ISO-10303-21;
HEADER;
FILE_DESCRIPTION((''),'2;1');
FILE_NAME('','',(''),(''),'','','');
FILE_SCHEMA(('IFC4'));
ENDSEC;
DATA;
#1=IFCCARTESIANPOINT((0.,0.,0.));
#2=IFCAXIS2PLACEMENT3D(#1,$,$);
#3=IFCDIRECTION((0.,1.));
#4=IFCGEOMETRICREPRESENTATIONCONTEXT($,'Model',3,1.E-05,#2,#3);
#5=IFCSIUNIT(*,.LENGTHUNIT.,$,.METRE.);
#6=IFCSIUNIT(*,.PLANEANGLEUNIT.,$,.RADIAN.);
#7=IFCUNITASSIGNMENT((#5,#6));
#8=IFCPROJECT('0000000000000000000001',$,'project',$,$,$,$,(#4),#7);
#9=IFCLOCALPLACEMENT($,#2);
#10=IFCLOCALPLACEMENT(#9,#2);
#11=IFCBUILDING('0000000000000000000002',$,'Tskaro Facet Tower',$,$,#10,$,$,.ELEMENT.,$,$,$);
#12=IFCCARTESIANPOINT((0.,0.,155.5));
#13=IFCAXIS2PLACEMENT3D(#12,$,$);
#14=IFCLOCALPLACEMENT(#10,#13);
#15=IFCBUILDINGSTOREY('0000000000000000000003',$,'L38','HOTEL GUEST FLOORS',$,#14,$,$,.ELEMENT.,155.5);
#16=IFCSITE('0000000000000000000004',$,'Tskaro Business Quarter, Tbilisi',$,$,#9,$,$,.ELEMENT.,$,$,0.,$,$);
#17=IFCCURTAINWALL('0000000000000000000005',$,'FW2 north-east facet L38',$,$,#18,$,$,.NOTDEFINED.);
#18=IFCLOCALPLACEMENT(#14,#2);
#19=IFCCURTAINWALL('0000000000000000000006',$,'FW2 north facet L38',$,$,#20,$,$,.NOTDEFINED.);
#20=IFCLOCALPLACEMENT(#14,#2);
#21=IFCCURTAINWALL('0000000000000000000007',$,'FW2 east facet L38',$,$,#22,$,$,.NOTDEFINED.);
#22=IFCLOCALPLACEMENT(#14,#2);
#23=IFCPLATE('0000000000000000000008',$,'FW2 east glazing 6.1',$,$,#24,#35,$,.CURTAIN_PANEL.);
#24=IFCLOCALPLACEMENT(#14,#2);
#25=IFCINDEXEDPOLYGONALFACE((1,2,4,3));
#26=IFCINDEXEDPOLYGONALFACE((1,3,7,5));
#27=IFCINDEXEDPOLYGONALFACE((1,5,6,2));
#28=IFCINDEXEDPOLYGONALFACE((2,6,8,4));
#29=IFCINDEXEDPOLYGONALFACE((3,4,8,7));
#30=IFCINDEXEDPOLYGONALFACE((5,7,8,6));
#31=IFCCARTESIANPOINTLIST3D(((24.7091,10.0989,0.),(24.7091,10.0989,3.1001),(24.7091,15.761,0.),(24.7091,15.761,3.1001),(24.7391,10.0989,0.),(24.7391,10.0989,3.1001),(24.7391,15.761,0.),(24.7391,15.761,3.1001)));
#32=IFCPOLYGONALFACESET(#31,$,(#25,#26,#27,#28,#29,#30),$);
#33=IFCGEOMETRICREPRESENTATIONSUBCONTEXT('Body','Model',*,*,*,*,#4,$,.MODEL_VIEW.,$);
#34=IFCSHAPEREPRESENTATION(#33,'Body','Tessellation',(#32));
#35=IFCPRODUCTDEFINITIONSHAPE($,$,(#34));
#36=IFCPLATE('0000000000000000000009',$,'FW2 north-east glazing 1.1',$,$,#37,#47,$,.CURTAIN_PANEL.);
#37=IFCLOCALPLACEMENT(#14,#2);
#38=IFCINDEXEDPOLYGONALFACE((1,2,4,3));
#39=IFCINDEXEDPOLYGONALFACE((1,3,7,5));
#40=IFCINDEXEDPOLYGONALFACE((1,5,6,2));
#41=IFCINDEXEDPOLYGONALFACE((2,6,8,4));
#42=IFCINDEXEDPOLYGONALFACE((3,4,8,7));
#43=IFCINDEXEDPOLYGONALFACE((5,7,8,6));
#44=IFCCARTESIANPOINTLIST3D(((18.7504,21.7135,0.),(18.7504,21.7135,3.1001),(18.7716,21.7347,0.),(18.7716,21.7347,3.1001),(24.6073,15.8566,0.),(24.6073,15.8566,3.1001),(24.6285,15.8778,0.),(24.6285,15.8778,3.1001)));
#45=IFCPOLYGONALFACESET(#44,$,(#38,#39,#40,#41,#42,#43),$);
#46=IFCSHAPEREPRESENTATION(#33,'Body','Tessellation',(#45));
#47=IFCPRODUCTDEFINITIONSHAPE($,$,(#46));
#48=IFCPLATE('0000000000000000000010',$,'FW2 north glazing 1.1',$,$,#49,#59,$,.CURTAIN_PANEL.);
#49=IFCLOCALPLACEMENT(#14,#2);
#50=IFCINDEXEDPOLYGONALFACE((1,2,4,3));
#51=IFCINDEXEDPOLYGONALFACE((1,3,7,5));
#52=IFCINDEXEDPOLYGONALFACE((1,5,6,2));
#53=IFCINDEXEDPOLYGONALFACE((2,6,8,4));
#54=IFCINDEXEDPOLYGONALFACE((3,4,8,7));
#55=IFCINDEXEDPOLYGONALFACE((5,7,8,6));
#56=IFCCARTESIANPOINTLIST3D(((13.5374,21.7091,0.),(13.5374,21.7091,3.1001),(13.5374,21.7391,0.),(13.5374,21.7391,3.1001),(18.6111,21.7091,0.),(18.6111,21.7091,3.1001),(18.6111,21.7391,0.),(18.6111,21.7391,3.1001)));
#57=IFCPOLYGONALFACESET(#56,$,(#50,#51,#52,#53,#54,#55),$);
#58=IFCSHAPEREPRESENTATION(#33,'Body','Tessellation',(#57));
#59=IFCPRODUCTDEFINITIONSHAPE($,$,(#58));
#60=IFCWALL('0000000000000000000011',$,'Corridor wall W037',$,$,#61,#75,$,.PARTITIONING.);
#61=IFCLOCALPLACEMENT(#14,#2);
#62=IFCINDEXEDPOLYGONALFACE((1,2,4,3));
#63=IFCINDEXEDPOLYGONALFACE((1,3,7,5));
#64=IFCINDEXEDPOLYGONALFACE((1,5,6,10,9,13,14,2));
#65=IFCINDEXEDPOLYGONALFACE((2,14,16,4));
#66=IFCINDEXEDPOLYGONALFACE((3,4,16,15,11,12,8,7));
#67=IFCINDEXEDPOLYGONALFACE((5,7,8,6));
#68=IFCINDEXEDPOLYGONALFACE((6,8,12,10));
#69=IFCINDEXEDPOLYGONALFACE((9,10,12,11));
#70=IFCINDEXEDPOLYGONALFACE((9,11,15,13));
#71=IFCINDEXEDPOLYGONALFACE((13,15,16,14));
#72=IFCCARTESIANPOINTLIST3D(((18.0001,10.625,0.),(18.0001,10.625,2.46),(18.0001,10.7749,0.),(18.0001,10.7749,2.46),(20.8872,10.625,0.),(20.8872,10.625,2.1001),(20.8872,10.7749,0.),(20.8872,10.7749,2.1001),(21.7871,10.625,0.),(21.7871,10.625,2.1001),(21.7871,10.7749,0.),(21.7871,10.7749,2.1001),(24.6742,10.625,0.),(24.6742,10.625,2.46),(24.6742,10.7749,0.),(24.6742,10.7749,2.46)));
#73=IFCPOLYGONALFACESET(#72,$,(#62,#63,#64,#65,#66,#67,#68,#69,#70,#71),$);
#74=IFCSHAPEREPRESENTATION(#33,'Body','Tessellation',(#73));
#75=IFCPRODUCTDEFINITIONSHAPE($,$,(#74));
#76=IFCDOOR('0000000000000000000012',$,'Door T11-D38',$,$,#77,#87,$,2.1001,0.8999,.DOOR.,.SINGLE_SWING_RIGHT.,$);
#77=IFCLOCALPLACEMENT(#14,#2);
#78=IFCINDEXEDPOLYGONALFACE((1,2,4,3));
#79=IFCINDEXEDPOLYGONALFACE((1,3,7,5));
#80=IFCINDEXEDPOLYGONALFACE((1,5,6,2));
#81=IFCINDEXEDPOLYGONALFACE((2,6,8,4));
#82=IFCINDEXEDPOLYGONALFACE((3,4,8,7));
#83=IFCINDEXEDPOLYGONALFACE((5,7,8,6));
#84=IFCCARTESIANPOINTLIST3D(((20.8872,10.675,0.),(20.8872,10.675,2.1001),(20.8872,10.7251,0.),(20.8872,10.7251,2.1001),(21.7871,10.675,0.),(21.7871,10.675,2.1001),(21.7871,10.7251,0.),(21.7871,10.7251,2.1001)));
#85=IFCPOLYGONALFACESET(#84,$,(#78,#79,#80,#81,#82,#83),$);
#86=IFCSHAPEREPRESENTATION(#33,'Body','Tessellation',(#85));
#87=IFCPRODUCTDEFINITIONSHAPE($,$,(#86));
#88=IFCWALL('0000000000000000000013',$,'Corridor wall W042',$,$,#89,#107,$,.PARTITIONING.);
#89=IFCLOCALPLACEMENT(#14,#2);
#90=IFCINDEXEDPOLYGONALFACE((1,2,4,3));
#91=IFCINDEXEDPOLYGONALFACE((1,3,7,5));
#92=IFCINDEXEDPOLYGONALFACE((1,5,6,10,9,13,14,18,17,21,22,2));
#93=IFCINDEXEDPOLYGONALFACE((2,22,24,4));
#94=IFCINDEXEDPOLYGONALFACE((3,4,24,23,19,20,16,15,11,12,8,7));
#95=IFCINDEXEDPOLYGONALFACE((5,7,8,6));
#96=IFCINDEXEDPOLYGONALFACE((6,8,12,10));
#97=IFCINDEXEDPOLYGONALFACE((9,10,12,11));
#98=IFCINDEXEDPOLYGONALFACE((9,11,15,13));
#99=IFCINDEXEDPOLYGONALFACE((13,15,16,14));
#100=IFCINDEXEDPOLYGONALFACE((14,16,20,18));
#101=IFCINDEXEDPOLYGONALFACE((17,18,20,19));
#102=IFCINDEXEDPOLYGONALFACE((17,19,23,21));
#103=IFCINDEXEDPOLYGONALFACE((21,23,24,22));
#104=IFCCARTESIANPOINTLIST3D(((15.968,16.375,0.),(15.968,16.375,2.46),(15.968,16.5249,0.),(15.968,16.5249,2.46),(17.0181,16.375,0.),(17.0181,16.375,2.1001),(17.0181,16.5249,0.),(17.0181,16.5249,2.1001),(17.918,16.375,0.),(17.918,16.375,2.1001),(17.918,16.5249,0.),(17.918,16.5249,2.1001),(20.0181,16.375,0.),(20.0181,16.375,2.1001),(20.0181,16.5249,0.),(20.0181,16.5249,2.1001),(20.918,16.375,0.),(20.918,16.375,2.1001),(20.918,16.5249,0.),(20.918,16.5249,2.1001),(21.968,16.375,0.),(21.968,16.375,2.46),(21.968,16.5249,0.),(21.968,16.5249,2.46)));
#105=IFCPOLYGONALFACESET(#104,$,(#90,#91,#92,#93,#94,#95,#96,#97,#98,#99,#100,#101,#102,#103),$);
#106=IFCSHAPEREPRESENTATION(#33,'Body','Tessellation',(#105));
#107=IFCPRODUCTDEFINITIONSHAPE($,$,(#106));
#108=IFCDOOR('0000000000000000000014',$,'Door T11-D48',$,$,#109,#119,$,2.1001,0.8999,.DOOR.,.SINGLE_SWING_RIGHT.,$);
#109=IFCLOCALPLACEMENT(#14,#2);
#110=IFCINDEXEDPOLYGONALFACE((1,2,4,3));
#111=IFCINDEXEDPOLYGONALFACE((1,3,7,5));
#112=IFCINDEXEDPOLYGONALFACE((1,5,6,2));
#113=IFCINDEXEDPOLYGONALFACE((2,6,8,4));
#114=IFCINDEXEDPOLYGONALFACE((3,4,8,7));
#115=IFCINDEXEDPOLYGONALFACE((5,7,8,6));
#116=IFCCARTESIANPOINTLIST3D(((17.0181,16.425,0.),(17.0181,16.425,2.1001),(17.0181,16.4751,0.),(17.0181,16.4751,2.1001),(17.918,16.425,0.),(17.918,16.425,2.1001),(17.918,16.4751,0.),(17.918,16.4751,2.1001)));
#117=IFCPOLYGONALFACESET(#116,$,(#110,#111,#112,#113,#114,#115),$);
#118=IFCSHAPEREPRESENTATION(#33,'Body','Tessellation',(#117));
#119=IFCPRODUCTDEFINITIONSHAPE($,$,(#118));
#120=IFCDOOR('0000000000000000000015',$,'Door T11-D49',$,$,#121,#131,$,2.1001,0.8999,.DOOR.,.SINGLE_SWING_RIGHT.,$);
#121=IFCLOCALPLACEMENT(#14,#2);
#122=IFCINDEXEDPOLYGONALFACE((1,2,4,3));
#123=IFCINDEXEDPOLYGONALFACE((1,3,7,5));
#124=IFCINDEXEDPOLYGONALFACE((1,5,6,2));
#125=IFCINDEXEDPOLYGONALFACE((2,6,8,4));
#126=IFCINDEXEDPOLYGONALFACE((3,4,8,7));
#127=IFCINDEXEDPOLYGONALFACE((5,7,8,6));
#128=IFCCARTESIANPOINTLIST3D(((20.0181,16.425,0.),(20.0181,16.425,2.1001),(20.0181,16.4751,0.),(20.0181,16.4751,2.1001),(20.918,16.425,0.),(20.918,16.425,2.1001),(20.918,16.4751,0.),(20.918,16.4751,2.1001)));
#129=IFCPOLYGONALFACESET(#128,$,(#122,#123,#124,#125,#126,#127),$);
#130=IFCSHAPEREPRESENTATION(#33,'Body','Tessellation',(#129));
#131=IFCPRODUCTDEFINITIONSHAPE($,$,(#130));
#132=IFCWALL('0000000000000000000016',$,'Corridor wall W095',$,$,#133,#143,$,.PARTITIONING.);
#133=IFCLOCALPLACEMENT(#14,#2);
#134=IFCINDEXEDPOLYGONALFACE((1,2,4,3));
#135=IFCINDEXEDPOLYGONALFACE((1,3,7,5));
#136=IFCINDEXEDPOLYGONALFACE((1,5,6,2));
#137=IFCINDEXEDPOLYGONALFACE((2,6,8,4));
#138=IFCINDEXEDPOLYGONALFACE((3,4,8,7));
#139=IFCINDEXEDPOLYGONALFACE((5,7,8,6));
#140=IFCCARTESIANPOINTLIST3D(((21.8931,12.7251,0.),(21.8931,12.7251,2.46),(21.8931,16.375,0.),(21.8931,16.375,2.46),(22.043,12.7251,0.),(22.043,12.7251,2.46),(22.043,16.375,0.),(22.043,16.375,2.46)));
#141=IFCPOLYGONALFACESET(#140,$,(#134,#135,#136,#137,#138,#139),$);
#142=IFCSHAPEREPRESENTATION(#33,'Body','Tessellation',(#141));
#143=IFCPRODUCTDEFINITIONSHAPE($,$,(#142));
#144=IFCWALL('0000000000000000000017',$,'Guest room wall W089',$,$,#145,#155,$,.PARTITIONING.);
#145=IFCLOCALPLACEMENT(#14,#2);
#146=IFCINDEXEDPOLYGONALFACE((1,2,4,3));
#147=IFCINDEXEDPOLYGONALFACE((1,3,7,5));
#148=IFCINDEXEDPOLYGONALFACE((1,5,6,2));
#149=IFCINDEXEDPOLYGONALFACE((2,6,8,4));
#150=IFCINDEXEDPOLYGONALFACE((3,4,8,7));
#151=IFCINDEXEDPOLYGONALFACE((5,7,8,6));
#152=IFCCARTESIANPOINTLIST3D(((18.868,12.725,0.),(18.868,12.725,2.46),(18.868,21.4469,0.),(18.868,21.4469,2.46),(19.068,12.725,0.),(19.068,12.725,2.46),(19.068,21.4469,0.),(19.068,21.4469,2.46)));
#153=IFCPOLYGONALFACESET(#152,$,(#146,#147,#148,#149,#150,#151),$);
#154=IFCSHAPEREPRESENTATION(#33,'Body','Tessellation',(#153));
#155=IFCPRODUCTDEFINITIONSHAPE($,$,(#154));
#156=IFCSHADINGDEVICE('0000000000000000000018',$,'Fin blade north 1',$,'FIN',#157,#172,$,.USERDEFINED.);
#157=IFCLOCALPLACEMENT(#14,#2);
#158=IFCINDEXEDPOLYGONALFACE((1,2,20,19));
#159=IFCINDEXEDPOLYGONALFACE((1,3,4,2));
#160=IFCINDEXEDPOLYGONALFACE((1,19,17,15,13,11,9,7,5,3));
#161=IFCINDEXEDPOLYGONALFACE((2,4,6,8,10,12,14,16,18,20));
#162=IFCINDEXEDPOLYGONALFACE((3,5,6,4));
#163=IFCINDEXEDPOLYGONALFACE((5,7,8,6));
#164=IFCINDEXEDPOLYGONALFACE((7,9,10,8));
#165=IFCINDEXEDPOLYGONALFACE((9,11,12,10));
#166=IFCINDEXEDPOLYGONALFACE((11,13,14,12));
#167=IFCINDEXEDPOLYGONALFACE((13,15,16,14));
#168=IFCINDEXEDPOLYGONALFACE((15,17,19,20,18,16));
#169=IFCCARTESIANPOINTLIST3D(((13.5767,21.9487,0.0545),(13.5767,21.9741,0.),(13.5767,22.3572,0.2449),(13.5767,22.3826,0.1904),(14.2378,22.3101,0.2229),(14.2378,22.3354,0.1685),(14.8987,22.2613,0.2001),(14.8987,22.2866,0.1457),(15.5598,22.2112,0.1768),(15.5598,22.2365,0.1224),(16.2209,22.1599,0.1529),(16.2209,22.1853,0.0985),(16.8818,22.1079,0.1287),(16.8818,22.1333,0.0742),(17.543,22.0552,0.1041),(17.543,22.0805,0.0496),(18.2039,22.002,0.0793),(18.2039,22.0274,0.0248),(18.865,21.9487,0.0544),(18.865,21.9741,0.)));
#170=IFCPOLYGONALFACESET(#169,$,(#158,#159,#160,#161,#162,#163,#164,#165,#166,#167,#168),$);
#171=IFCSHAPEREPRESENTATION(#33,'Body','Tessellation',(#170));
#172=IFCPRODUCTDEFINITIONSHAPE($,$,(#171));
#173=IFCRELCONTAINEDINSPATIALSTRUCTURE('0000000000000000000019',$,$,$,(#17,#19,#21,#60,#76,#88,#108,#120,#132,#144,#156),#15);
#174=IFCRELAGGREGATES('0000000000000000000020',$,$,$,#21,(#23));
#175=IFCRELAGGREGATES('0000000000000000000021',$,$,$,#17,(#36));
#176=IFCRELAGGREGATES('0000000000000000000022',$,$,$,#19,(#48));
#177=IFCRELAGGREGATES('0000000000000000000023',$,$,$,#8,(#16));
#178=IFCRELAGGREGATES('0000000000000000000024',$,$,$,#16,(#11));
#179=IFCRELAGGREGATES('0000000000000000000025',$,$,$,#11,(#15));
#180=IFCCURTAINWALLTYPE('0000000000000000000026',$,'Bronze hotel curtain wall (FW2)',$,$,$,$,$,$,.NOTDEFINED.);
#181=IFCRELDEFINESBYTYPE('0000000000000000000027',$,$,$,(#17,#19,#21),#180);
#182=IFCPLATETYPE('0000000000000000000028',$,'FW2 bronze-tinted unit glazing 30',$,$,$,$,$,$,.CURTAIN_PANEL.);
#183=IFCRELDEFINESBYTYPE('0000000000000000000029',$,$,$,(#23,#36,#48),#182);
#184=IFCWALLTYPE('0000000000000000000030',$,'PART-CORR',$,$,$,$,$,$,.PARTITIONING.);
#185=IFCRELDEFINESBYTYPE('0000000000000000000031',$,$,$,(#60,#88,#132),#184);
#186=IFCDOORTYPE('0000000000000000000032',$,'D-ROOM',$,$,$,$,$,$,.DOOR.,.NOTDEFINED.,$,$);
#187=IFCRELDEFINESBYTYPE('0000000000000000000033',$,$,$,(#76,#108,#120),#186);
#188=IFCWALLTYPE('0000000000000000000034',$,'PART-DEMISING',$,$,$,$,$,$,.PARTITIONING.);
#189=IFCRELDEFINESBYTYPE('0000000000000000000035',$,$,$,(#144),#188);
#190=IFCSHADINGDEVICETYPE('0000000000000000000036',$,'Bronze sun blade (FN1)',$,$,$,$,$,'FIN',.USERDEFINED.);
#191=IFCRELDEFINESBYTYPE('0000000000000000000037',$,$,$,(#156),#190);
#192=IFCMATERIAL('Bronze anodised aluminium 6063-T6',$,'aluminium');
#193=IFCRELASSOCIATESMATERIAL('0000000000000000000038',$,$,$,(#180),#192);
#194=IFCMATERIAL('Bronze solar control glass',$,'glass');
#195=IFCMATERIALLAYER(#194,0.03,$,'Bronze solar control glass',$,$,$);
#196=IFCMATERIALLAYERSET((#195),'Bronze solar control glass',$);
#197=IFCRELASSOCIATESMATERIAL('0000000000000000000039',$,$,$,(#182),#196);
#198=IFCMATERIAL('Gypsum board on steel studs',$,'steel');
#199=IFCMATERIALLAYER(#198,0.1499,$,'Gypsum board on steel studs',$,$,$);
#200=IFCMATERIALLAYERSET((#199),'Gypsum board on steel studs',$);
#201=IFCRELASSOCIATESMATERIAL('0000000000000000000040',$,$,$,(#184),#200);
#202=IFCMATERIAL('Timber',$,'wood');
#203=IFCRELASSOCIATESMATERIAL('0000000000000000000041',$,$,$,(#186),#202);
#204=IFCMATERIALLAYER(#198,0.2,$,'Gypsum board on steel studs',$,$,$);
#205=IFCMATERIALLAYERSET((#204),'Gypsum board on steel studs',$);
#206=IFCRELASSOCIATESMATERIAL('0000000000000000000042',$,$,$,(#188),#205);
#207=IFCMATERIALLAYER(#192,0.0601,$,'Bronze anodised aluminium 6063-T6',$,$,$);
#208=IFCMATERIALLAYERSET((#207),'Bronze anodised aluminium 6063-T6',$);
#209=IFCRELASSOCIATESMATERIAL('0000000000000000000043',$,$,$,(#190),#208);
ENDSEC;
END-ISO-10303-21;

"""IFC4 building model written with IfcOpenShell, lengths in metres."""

from ifc_helpers import new_model, si_unit, direction, frame, frame_2d, origin, origin_2d, place, context, subcontext, project, spatial, polyline, rectangle, outline, extrude, material, layer, layer_set, type_object, element, fill, aggregate, save


model = new_model("IFC4")

# Units and contexts
model_context = context("Model", 3, precision=1e-05, world=origin(), true_north=direction((0.0, 1.0)))
body_context = subcontext(model_context, "Body", "Model", "MODEL_VIEW")
ifc_project = project(units=[si_unit("LENGTHUNIT", "METRE"), si_unit("PLANEANGLEUNIT", "RADIAN")], contexts=[model_context])

# Site, building, storey
site_placement = place(None, origin())
site = spatial("IfcSite", under=ifc_project, at=site_placement, Name="Tskaro Business Quarter, Tbilisi", CompositionType="ELEMENT", RefElevation=0.0)
building_placement = place(site_placement, origin())
building = spatial("IfcBuilding", under=site, at=building_placement, Name="Tskaro Facet Tower", CompositionType="ELEMENT")
storey_placement = place(building_placement, frame((0.0, 0.0, 155.5)))
storey = spatial("IfcBuildingStorey", under=building, at=storey_placement, Name="L38", Description="HOTEL GUEST FLOORS", CompositionType="ELEMENT", Elevation=155.5)

# Curtain walls
ifc_material_1 = material(Name="Bronze anodised aluminium 6063-T6", Category="aluminium")
curtain_wall_type = type_object("IfcCurtainWallType", Name="Bronze hotel curtain wall (FW2)", PredefinedType="NOTDEFINED", material=ifc_material_1)
curtain_wall_1_placement = place(storey_placement, origin())
curtain_wall_1 = element("IfcCurtainWall", 1, at=curtain_wall_1_placement, inside=storey, type_object=curtain_wall_type, Name="FW2 north-east facet L38", PredefinedType="NOTDEFINED")
curtain_wall_2_placement = place(storey_placement, origin())
curtain_wall_2 = element("IfcCurtainWall", 2, at=curtain_wall_2_placement, inside=storey, type_object=curtain_wall_type, Name="FW2 north facet L38", PredefinedType="NOTDEFINED")
curtain_wall_3_placement = place(storey_placement, origin())
curtain_wall_3 = element("IfcCurtainWall", 3, at=curtain_wall_3_placement, inside=storey, type_object=curtain_wall_type, Name="FW2 east facet L38", PredefinedType="NOTDEFINED")

# Plates
ifc_material_2 = material(Name="Bronze solar control glass", Category="glass")
ifc_layer_1 = layer(ifc_material_2, 0.03, Name="Bronze solar control glass")
ifc_layer_set_1 = layer_set([ifc_layer_1], Name="Bronze solar control glass")
plate_type = type_object("IfcPlateType", Name="FW2 bronze-tinted unit glazing 30", PredefinedType="CURTAIN_PANEL", material=ifc_layer_set_1)
plate_1_placement = place(storey_placement, frame((24.7241, 12.9299, 0.0), z_axis=(0.0, 0.0, 1.0), x_axis=(0.0, 1.0, 0.0)))
plate_1 = element("IfcPlate", 4, at=plate_1_placement, type_object=plate_type, Name="FW2 east glazing 6.1", PredefinedType="CURTAIN_PANEL", context=body_context, shape_type="SweptSolid", body=[
    extrude(rectangle(XDim=5.6621, YDim=0.03, at=origin_2d()), origin(), (0.0, 0.0, 1.0), 3.1001),
])
aggregate(curtain_wall_3, [plate_1])
plate_2_placement = place(storey_placement, frame((21.6895, 18.7957, 0.0), z_axis=(0.0, 0.0, 1.0), x_axis=(-0.707107, 0.707107, 0.0)))
plate_2 = element("IfcPlate", 5, at=plate_2_placement, type_object=plate_type, Name="FW2 north-east glazing 1.1", PredefinedType="CURTAIN_PANEL", context=body_context, shape_type="SweptSolid", body=[
    extrude(rectangle(XDim=8.283, YDim=0.03, at=origin_2d()), origin(), (0.0, 0.0, 1.0), 3.1001),
])
aggregate(curtain_wall_1, [plate_2])
plate_3_placement = place(storey_placement, frame((16.0742, 21.7241, 0.0), z_axis=(0.0, 0.0, 1.0), x_axis=(-1.0, 0.0, 0.0)))
plate_3 = element("IfcPlate", 6, at=plate_3_placement, type_object=plate_type, Name="FW2 north glazing 1.1", PredefinedType="CURTAIN_PANEL", context=body_context, shape_type="SweptSolid", body=[
    extrude(rectangle(XDim=5.0737, YDim=0.03, at=origin_2d()), origin(), (0.0, 0.0, 1.0), 3.1001),
])
aggregate(curtain_wall_2, [plate_3])

# Wall, opening, door
ifc_material_3 = material(Name="Gypsum board on steel studs", Category="steel")
ifc_layer_2 = layer(ifc_material_3, 0.1499, Name="Gypsum board on steel studs")
ifc_layer_set_2 = layer_set([ifc_layer_2], Name="Gypsum board on steel studs")
wall_type_1 = type_object("IfcWallType", Name="PART-CORR", PredefinedType="PARTITIONING", material=ifc_layer_set_2)
wall_1_placement = place(storey_placement, frame((24.6741, 10.7, 0.0), z_axis=(0.0, 0.0, 1.0), x_axis=(-1.0, 0.0, 0.0)))
wall_1 = element("IfcWall", 7, at=wall_1_placement, inside=storey, type_object=wall_type_1, Name="Corridor wall W037", PredefinedType="PARTITIONING", context=body_context, shape_type="SweptSolid", body=[
    extrude(rectangle(XDim=6.6741, YDim=0.1499, at=frame_2d((3.3369, 0.0))), origin(), (0.0, 0.0, 1.0), 2.46),
])
opening_1_placement = place(wall_1_placement, frame((2.887, 0.0, 0.0)))
opening_1 = element("IfcOpeningElement", 8, at=opening_1_placement, cuts=wall_1, PredefinedType="OPENING", context=body_context, shape_type="SweptSolid", body=[
    extrude(rectangle(XDim=0.8999, YDim=2.1001, at=frame_2d((0.45, 1.05))), frame((0.0, 0.085, 0.0), z_axis=(0.0, -1.0, 0.0), x_axis=(1.0, 0.0, 0.0)), (0.0, 0.0, 1.0), 0.1699),
])
ifc_material_4 = material(Name="Timber", Category="wood")
door_type = type_object("IfcDoorType", Name="D-ROOM", OperationType="NOTDEFINED", PredefinedType="DOOR", material=ifc_material_4)
door_1_placement = place(opening_1_placement, origin())
door_1 = element("IfcDoor", 9, at=door_1_placement, inside=storey, type_object=door_type, Name="Door T11-D38", OperationType="SINGLE_SWING_RIGHT", OverallHeight=2.1001, OverallWidth=0.8999, PredefinedType="DOOR", context=body_context, shape_type="SweptSolid", body=[
    extrude(rectangle(XDim=0.8999, YDim=2.1001, at=frame_2d((0.45, 1.05))), frame((0.0, 0.0249, 0.0), z_axis=(0.0, -1.0, 0.0), x_axis=(1.0, 0.0, 0.0)), (0.0, 0.0, 1.0), 0.05),
])
fill(opening_1, door_1)

# Wall, openings, doors
wall_2_placement = place(storey_placement, frame((21.968, 16.45, 0.0), z_axis=(0.0, 0.0, 1.0), x_axis=(-1.0, 0.0, 0.0)))
wall_2 = element("IfcWall", 10, at=wall_2_placement, inside=storey, type_object=wall_type_1, Name="Corridor wall W042", PredefinedType="PARTITIONING", context=body_context, shape_type="SweptSolid", body=[
    extrude(rectangle(XDim=6.0, YDim=0.1499, at=frame_2d((3.0, 0.0))), origin(), (0.0, 0.0, 1.0), 2.46),
])
opening_2_placement = place(wall_2_placement, frame((4.05, 0.0, 0.0)))
opening_2 = element("IfcOpeningElement", 11, at=opening_2_placement, cuts=wall_2, PredefinedType="OPENING", context=body_context, shape_type="SweptSolid", body=[
    extrude(rectangle(XDim=0.8999, YDim=2.1001, at=frame_2d((0.45, 1.05))), frame((0.0, 0.085, 0.0), z_axis=(0.0, -1.0, 0.0), x_axis=(1.0, 0.0, 0.0)), (0.0, 0.0, 1.0), 0.1699),
])
opening_3_placement = place(wall_2_placement, frame((1.05, 0.0, 0.0)))
opening_3 = element("IfcOpeningElement", 12, at=opening_3_placement, cuts=wall_2, PredefinedType="OPENING", context=body_context, shape_type="SweptSolid", body=[
    extrude(rectangle(XDim=0.8999, YDim=2.1001, at=frame_2d((0.45, 1.05))), frame((0.0, 0.085, 0.0), z_axis=(0.0, -1.0, 0.0), x_axis=(1.0, 0.0, 0.0)), (0.0, 0.0, 1.0), 0.1699),
])
door_2_placement = place(opening_2_placement, origin())
door_2 = element("IfcDoor", 13, at=door_2_placement, inside=storey, type_object=door_type, Name="Door T11-D48", OperationType="SINGLE_SWING_RIGHT", OverallHeight=2.1001, OverallWidth=0.8999, PredefinedType="DOOR", context=body_context, shape_type="SweptSolid", body=[
    extrude(rectangle(XDim=0.8999, YDim=2.1001, at=frame_2d((0.45, 1.05))), frame((0.0, 0.0249, 0.0), z_axis=(0.0, -1.0, 0.0), x_axis=(1.0, 0.0, 0.0)), (0.0, 0.0, 1.0), 0.05),
])
fill(opening_2, door_2)
door_3_placement = place(opening_3_placement, origin())
door_3 = element("IfcDoor", 14, at=door_3_placement, inside=storey, type_object=door_type, Name="Door T11-D49", OperationType="SINGLE_SWING_RIGHT", OverallHeight=2.1001, OverallWidth=0.8999, PredefinedType="DOOR", context=body_context, shape_type="SweptSolid", body=[
    extrude(rectangle(XDim=0.8999, YDim=2.1001, at=frame_2d((0.45, 1.05))), frame((0.0, 0.0249, 0.0), z_axis=(0.0, -1.0, 0.0), x_axis=(1.0, 0.0, 0.0)), (0.0, 0.0, 1.0), 0.05),
])
fill(opening_3, door_3)

# Walls
wall_3_placement = place(storey_placement, frame((21.968, 12.7251, 0.0), z_axis=(0.0, 0.0, 1.0), x_axis=(0.0, 1.0, 0.0)))
element("IfcWall", 15, at=wall_3_placement, inside=storey, type_object=wall_type_1, Name="Corridor wall W095", PredefinedType="PARTITIONING", context=body_context, shape_type="SweptSolid", body=[
    extrude(rectangle(XDim=3.6499, YDim=0.1499, at=frame_2d((1.825, 0.0))), origin(), (0.0, 0.0, 1.0), 2.46),
])
ifc_layer_3 = layer(ifc_material_3, 0.2, Name="Gypsum board on steel studs")
ifc_layer_set_3 = layer_set([ifc_layer_3], Name="Gypsum board on steel studs")
wall_type_2 = type_object("IfcWallType", Name="PART-DEMISING", PredefinedType="PARTITIONING", material=ifc_layer_set_3)
wall_4_placement = place(storey_placement, frame((18.968, 12.7251, 0.0), z_axis=(0.0, 0.0, 1.0), x_axis=(0.0, 1.0, 0.0)))
element("IfcWall", 16, at=wall_4_placement, inside=storey, type_object=wall_type_2, Name="Guest room wall W089", PredefinedType="PARTITIONING", context=body_context, shape_type="SweptSolid", body=[
    extrude(rectangle(XDim=8.7219, YDim=0.2, at=frame_2d((4.3608, 0.0))), origin(), (0.0, 0.0, 1.0), 2.46),
])

# Shading device
ifc_layer_4 = layer(ifc_material_1, 0.0601, Name="Bronze anodised aluminium 6063-T6")
ifc_layer_set_4 = layer_set([ifc_layer_4], Name="Bronze anodised aluminium 6063-T6")
shading_device_type = type_object("IfcShadingDeviceType", Name="Bronze sun blade (FN1)", ElementType="FIN", PredefinedType="USERDEFINED", material=ifc_layer_set_4)
shading_device_1_placement = place(storey_placement, frame((18.865, 21.9487, 0.0544), z_axis=(0.000002, -0.422541, 0.906344), x_axis=(-1.0, -0.000001, 0.000002)))
element("IfcShadingDevice", 17, at=shading_device_1_placement, inside=storey, type_object=shading_device_type, Name="Fin blade north 1", ObjectType="FIN", PredefinedType="USERDEFINED", context=body_context, shape_type="SweptSolid", body=[
    extrude(outline(polyline([(0.0, 0.0), (5.2883, 0.0), (5.2883, -0.4507), (4.6272, -0.3987), (3.9663, -0.3448), (3.3052, -0.2896), (2.644, -0.233), (1.9832, -0.1756), (1.322, -0.1174), (0.6611, -0.0588), (0.0, 0.0)])), origin(), (0.0, 0.0, -1.0), 0.0601),
])

save(model, "model.ifc")
